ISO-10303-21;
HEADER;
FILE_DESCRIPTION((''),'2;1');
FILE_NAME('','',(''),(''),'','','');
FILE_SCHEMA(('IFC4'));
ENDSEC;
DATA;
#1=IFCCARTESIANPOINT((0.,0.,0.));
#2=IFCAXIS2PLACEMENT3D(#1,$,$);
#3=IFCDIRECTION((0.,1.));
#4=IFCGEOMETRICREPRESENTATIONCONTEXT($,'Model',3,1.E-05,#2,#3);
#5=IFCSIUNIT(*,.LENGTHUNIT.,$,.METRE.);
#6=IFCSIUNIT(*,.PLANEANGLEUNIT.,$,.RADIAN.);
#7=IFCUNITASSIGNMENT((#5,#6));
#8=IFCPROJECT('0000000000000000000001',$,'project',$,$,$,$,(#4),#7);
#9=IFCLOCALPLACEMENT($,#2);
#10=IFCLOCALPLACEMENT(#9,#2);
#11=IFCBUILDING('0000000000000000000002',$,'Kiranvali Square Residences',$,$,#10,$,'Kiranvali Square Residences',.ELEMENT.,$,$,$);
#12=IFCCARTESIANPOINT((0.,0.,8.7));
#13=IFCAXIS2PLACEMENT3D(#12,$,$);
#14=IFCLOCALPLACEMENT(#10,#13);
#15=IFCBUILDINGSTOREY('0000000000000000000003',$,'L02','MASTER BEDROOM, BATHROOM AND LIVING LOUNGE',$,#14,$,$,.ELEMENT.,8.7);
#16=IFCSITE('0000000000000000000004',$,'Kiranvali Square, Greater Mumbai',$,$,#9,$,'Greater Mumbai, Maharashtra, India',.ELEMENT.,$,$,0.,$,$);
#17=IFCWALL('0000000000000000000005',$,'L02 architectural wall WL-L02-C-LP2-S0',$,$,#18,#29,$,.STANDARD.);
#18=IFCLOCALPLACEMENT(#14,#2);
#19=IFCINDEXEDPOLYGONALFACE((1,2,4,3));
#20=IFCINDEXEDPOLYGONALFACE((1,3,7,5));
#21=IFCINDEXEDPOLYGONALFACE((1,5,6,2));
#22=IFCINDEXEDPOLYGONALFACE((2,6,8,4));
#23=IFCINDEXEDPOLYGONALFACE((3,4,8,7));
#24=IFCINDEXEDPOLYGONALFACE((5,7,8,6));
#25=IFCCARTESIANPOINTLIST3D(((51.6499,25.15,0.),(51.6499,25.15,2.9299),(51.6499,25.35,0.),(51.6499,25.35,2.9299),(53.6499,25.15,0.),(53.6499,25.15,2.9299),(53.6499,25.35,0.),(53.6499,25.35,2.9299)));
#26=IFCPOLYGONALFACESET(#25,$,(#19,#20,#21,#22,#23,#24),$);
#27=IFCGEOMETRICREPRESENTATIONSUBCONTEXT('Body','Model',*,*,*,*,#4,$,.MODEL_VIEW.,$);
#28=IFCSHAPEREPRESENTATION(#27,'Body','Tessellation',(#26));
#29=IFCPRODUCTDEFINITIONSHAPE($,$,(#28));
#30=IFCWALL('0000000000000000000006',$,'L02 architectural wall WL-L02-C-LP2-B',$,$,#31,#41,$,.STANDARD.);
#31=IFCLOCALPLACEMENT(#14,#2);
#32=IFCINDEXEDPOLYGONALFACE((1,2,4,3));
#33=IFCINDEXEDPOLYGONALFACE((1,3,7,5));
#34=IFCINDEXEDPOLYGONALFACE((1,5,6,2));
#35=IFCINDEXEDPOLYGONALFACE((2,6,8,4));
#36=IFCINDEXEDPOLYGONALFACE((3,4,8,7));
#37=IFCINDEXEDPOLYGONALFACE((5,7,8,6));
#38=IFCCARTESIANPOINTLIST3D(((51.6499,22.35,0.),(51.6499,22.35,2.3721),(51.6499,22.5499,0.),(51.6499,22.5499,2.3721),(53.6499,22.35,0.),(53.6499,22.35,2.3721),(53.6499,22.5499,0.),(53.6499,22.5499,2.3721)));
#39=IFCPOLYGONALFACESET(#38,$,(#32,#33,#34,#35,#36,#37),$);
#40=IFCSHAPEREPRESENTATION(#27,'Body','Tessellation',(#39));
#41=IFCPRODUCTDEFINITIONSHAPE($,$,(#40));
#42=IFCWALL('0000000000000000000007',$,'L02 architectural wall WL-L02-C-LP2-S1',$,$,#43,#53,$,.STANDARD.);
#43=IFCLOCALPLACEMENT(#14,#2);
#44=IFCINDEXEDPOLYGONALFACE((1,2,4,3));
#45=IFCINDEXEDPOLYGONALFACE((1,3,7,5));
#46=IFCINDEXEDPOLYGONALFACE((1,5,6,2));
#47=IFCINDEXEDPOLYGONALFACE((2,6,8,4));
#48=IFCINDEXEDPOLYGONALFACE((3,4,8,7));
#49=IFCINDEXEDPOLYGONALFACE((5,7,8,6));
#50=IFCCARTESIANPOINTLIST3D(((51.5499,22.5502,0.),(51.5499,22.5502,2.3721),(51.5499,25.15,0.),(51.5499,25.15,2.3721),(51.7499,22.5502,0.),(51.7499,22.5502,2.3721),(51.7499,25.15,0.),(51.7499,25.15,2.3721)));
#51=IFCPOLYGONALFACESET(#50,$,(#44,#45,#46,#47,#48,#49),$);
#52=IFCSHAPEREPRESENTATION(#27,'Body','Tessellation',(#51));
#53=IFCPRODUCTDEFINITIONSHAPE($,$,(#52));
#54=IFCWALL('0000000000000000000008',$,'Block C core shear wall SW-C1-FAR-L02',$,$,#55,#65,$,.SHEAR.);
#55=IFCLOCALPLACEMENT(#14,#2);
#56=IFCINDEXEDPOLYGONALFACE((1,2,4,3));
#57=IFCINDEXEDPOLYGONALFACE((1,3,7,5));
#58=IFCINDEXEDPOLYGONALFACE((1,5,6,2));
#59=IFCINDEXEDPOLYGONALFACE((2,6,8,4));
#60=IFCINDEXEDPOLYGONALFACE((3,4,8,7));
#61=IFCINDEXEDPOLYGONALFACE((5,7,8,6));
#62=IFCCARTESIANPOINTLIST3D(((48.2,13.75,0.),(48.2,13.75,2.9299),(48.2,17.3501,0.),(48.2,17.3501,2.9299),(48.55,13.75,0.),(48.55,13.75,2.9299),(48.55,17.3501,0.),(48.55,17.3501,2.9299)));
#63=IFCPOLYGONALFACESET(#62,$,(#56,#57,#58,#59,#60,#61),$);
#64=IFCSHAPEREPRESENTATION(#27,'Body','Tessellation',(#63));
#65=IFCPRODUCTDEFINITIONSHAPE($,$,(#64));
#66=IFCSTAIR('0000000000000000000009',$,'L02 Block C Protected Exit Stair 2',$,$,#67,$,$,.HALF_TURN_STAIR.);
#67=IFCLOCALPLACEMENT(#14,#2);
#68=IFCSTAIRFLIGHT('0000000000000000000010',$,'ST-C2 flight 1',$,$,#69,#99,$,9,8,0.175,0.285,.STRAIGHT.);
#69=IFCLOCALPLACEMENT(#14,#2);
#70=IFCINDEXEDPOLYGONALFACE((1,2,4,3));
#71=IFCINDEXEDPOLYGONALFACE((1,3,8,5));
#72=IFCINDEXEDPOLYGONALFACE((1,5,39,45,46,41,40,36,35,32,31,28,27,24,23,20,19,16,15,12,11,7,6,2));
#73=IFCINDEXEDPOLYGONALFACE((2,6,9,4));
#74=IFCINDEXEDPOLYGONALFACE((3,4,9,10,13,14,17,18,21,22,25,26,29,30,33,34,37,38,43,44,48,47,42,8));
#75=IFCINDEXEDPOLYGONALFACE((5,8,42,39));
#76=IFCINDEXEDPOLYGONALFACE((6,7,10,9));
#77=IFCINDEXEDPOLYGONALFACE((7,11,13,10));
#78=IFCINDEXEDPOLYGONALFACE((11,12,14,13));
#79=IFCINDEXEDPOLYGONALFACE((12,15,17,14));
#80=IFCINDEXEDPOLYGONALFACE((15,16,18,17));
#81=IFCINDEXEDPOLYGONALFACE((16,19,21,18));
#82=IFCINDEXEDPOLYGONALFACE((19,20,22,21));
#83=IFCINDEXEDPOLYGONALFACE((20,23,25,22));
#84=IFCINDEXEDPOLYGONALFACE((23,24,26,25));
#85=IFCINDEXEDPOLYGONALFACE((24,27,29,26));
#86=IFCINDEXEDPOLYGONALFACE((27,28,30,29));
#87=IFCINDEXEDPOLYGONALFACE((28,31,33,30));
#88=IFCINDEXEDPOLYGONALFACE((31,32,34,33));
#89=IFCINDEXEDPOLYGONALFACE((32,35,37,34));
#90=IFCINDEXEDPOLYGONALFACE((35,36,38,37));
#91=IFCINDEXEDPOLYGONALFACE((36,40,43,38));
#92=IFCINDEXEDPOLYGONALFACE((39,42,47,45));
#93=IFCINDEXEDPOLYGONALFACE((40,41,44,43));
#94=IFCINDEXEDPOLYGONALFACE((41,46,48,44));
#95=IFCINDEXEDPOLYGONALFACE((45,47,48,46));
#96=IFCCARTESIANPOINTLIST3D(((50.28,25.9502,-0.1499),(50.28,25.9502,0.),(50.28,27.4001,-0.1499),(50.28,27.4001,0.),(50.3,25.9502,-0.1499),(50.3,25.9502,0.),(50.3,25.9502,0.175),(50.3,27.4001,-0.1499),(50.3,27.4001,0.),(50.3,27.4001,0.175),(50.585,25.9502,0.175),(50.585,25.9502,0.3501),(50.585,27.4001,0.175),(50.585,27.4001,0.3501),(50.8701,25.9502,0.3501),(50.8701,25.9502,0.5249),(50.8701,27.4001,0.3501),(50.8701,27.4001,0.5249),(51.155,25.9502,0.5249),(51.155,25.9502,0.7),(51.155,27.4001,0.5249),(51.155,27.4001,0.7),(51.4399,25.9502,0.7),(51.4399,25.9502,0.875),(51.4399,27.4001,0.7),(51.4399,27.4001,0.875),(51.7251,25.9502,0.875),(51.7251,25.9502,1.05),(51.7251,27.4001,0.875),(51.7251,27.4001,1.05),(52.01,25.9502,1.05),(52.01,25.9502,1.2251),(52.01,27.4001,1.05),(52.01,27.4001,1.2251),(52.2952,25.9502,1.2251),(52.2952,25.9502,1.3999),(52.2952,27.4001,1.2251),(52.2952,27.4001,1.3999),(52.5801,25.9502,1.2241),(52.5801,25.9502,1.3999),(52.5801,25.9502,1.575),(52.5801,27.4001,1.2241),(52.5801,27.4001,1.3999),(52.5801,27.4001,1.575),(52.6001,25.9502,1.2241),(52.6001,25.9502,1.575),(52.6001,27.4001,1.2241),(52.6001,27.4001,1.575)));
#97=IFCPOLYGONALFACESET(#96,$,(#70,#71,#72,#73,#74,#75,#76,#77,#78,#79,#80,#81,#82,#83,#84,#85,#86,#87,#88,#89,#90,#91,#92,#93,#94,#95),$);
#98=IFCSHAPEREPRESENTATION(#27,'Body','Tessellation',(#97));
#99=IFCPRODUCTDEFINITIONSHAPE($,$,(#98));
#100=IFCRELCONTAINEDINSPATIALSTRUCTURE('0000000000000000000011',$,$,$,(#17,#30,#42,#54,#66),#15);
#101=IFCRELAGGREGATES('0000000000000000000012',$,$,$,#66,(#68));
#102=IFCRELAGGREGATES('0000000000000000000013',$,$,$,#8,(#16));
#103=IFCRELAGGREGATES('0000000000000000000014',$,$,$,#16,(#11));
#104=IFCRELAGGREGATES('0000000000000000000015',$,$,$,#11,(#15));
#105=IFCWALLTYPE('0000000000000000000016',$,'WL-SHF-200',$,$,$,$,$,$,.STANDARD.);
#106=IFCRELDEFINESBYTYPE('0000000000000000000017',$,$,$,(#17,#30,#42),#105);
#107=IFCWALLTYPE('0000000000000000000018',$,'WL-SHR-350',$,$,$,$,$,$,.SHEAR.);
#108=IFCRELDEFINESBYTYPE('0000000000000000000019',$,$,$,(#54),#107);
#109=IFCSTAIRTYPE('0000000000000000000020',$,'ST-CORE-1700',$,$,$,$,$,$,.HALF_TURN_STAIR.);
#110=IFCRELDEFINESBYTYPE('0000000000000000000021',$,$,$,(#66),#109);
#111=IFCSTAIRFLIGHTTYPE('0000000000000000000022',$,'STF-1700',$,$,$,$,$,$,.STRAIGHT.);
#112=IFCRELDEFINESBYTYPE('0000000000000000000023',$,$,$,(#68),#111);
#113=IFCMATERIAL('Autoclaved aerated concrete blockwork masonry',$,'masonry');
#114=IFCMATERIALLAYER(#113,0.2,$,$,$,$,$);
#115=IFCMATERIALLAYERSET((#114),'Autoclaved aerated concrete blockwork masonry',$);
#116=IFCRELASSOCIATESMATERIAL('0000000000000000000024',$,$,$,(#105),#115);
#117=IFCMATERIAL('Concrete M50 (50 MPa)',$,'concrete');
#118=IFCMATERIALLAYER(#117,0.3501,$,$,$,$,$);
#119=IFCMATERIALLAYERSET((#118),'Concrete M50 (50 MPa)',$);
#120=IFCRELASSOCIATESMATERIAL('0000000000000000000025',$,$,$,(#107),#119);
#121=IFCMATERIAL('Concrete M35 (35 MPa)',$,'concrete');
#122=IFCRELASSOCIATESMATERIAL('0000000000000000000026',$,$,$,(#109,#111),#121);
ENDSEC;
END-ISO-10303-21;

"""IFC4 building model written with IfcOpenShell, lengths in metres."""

from ifc_helpers import new_model, si_unit, direction, frame, frame_2d, origin, place, context, subcontext, project, spatial, polyline, rectangle, outline, extrude, material, layer, layer_set, type_object, element, aggregate, save


model = new_model("IFC4")

# Units and contexts
model_context = context("Model", 3, precision=1e-05, world=origin(), true_north=direction((0.0, 1.0)))
body_context = subcontext(model_context, "Body", "Model", "MODEL_VIEW")
ifc_project = project(units=[si_unit("LENGTHUNIT", "METRE"), si_unit("PLANEANGLEUNIT", "RADIAN")], contexts=[model_context])

# Site, building, storey
site_placement = place(None, origin())
site = spatial("IfcSite", under=ifc_project, at=site_placement, Name="Kiranvali Square, Greater Mumbai", LongName="Greater Mumbai, Maharashtra, India", CompositionType="ELEMENT", RefElevation=0.0)
building_placement = place(site_placement, origin())
building = spatial("IfcBuilding", under=site, at=building_placement, Name="Kiranvali Square Residences", LongName="Kiranvali Square Residences", CompositionType="ELEMENT")
storey_placement = place(building_placement, frame((0.0, 0.0, 8.7)))
storey = spatial("IfcBuildingStorey", under=building, at=storey_placement, Name="L02", Description="MASTER BEDROOM, BATHROOM AND LIVING LOUNGE", CompositionType="ELEMENT", Elevation=8.7)

# Shared definitions
ifc_material_1 = material(Name="Autoclaved aerated concrete blockwork masonry", Category="masonry")

# Shared definitions
ifc_layer_1 = layer(ifc_material_1, 0.2)
ifc_layer_set_1 = layer_set([ifc_layer_1], Name="Autoclaved aerated concrete blockwork masonry")
wall_type_1 = type_object("IfcWallType", Name="WL-SHF-200", PredefinedType="STANDARD", material=ifc_layer_set_1)

# Walls
wall_1_placement = place(storey_placement, frame((51.6499, 25.25, 0.0), z_axis=(0.0, 0.0, 1.0), x_axis=(1.0, 0.0, 0.0)))
element("IfcWall", 1, at=wall_1_placement, inside=storey, type_object=wall_type_1, Name="L02 architectural wall WL-L02-C-LP2-S0", PredefinedType="STANDARD", context=body_context, shape_type="SweptSolid", body=[
    extrude(rectangle(XDim=2.0, YDim=0.2, at=frame_2d((1.0, 0.0))), origin(), (0.0, 0.0, 1.0), 2.9299),
])
wall_2_placement = place(storey_placement, frame((51.6499, 22.45, 0.0), z_axis=(0.0, 0.0, 1.0), x_axis=(1.0, 0.0, 0.0)))
element("IfcWall", 2, at=wall_2_placement, inside=storey, type_object=wall_type_1, Name="L02 architectural wall WL-L02-C-LP2-B", PredefinedType="STANDARD", context=body_context, shape_type="SweptSolid", body=[
    extrude(rectangle(XDim=2.0, YDim=0.2, at=frame_2d((1.0, 0.0))), origin(), (0.0, 0.0, 1.0), 2.3721),
])
wall_3_placement = place(storey_placement, frame((51.6499, 25.1499, 0.0), z_axis=(0.0, 0.0, 1.0), x_axis=(0.0, -1.0, 0.0)))
element("IfcWall", 3, at=wall_3_placement, inside=storey, type_object=wall_type_1, Name="L02 architectural wall WL-L02-C-LP2-S1", PredefinedType="STANDARD", context=body_context, shape_type="SweptSolid", body=[
    extrude(rectangle(XDim=2.5999, YDim=0.2, at=frame_2d((1.2998, 0.0))), origin(), (0.0, 0.0, 1.0), 2.3721),
])

# Shared definitions
ifc_material_2 = material(Name="Concrete M50 (50 MPa)", Category="concrete")
ifc_layer_2 = layer(ifc_material_2, 0.3501)
ifc_layer_set_2 = layer_set([ifc_layer_2], Name="Concrete M50 (50 MPa)")
wall_type_2 = type_object("IfcWallType", Name="WL-SHR-350", PredefinedType="SHEAR", material=ifc_layer_set_2)

# Wall
wall_4_placement = place(storey_placement, frame((48.375, 17.3501, 0.0), z_axis=(0.0, 0.0, 1.0), x_axis=(0.0, -1.0, 0.0)))
element("IfcWall", 4, at=wall_4_placement, inside=storey, type_object=wall_type_2, Name="Block C core shear wall SW-C1-FAR-L02", PredefinedType="SHEAR", context=body_context, shape_type="SweptSolid", body=[
    extrude(rectangle(XDim=3.6001, YDim=0.3501, at=frame_2d((1.8, 0.0))), origin(), (0.0, 0.0, 1.0), 2.9299),
])

# Stair, stair flight
ifc_material_3 = material(Name="Concrete M35 (35 MPa)", Category="concrete")
stair_type = type_object("IfcStairType", Name="ST-CORE-1700", PredefinedType="HALF_TURN_STAIR", material=ifc_material_3)
stair_placement = place(storey_placement, origin())
stair = element("IfcStair", 5, at=stair_placement, inside=storey, type_object=stair_type, Name="L02 Block C Protected Exit Stair 2", PredefinedType="HALF_TURN_STAIR")
stair_flight_type = type_object("IfcStairFlightType", Name="STF-1700", PredefinedType="STRAIGHT", material=ifc_material_3)
stair_flight_placement = place(storey_placement, frame((50.3, 26.675, 0.0), z_axis=(0.0, 0.0, 1.0), x_axis=(1.0, 0.0, 0.0)))
stair_flight = element("IfcStairFlight", 6, at=stair_flight_placement, type_object=stair_flight_type, Name="ST-C2 flight 1", NumberOfRisers=9, NumberOfTreads=8, PredefinedType="STRAIGHT", RiserHeight=0.175, TreadLength=0.285, context=body_context, shape_type="SweptSolid", body=[
    extrude(outline(polyline([(-0.02, -0.1499), (-0.02, 0.0), (0.0, 0.0), (0.0, 0.175), (0.2849, 0.175), (0.2849, 0.3501), (0.5701, 0.3501), (0.5701, 0.5249), (0.855, 0.5249), (0.855, 0.7), (1.1399, 0.7), (1.1399, 0.875), (1.425, 0.875), (1.425, 1.05), (1.71, 1.05), (1.71, 1.2251), (1.9951, 1.2251), (1.9951, 1.3999), (2.28, 1.3999), (2.28, 1.575), (2.3, 1.575), (2.3, 1.2241), (2.28, 1.2241), (0.0, -0.1499), (-0.02, -0.1499)])), frame((0.0, 0.7251, 0.0), z_axis=(0.0, -1.0, 0.0), x_axis=(1.0, 0.0, 0.0)), (0.0, 0.0, 1.0), 1.45),
])
aggregate(stair, [stair_flight])

save(model, "model.ifc")
